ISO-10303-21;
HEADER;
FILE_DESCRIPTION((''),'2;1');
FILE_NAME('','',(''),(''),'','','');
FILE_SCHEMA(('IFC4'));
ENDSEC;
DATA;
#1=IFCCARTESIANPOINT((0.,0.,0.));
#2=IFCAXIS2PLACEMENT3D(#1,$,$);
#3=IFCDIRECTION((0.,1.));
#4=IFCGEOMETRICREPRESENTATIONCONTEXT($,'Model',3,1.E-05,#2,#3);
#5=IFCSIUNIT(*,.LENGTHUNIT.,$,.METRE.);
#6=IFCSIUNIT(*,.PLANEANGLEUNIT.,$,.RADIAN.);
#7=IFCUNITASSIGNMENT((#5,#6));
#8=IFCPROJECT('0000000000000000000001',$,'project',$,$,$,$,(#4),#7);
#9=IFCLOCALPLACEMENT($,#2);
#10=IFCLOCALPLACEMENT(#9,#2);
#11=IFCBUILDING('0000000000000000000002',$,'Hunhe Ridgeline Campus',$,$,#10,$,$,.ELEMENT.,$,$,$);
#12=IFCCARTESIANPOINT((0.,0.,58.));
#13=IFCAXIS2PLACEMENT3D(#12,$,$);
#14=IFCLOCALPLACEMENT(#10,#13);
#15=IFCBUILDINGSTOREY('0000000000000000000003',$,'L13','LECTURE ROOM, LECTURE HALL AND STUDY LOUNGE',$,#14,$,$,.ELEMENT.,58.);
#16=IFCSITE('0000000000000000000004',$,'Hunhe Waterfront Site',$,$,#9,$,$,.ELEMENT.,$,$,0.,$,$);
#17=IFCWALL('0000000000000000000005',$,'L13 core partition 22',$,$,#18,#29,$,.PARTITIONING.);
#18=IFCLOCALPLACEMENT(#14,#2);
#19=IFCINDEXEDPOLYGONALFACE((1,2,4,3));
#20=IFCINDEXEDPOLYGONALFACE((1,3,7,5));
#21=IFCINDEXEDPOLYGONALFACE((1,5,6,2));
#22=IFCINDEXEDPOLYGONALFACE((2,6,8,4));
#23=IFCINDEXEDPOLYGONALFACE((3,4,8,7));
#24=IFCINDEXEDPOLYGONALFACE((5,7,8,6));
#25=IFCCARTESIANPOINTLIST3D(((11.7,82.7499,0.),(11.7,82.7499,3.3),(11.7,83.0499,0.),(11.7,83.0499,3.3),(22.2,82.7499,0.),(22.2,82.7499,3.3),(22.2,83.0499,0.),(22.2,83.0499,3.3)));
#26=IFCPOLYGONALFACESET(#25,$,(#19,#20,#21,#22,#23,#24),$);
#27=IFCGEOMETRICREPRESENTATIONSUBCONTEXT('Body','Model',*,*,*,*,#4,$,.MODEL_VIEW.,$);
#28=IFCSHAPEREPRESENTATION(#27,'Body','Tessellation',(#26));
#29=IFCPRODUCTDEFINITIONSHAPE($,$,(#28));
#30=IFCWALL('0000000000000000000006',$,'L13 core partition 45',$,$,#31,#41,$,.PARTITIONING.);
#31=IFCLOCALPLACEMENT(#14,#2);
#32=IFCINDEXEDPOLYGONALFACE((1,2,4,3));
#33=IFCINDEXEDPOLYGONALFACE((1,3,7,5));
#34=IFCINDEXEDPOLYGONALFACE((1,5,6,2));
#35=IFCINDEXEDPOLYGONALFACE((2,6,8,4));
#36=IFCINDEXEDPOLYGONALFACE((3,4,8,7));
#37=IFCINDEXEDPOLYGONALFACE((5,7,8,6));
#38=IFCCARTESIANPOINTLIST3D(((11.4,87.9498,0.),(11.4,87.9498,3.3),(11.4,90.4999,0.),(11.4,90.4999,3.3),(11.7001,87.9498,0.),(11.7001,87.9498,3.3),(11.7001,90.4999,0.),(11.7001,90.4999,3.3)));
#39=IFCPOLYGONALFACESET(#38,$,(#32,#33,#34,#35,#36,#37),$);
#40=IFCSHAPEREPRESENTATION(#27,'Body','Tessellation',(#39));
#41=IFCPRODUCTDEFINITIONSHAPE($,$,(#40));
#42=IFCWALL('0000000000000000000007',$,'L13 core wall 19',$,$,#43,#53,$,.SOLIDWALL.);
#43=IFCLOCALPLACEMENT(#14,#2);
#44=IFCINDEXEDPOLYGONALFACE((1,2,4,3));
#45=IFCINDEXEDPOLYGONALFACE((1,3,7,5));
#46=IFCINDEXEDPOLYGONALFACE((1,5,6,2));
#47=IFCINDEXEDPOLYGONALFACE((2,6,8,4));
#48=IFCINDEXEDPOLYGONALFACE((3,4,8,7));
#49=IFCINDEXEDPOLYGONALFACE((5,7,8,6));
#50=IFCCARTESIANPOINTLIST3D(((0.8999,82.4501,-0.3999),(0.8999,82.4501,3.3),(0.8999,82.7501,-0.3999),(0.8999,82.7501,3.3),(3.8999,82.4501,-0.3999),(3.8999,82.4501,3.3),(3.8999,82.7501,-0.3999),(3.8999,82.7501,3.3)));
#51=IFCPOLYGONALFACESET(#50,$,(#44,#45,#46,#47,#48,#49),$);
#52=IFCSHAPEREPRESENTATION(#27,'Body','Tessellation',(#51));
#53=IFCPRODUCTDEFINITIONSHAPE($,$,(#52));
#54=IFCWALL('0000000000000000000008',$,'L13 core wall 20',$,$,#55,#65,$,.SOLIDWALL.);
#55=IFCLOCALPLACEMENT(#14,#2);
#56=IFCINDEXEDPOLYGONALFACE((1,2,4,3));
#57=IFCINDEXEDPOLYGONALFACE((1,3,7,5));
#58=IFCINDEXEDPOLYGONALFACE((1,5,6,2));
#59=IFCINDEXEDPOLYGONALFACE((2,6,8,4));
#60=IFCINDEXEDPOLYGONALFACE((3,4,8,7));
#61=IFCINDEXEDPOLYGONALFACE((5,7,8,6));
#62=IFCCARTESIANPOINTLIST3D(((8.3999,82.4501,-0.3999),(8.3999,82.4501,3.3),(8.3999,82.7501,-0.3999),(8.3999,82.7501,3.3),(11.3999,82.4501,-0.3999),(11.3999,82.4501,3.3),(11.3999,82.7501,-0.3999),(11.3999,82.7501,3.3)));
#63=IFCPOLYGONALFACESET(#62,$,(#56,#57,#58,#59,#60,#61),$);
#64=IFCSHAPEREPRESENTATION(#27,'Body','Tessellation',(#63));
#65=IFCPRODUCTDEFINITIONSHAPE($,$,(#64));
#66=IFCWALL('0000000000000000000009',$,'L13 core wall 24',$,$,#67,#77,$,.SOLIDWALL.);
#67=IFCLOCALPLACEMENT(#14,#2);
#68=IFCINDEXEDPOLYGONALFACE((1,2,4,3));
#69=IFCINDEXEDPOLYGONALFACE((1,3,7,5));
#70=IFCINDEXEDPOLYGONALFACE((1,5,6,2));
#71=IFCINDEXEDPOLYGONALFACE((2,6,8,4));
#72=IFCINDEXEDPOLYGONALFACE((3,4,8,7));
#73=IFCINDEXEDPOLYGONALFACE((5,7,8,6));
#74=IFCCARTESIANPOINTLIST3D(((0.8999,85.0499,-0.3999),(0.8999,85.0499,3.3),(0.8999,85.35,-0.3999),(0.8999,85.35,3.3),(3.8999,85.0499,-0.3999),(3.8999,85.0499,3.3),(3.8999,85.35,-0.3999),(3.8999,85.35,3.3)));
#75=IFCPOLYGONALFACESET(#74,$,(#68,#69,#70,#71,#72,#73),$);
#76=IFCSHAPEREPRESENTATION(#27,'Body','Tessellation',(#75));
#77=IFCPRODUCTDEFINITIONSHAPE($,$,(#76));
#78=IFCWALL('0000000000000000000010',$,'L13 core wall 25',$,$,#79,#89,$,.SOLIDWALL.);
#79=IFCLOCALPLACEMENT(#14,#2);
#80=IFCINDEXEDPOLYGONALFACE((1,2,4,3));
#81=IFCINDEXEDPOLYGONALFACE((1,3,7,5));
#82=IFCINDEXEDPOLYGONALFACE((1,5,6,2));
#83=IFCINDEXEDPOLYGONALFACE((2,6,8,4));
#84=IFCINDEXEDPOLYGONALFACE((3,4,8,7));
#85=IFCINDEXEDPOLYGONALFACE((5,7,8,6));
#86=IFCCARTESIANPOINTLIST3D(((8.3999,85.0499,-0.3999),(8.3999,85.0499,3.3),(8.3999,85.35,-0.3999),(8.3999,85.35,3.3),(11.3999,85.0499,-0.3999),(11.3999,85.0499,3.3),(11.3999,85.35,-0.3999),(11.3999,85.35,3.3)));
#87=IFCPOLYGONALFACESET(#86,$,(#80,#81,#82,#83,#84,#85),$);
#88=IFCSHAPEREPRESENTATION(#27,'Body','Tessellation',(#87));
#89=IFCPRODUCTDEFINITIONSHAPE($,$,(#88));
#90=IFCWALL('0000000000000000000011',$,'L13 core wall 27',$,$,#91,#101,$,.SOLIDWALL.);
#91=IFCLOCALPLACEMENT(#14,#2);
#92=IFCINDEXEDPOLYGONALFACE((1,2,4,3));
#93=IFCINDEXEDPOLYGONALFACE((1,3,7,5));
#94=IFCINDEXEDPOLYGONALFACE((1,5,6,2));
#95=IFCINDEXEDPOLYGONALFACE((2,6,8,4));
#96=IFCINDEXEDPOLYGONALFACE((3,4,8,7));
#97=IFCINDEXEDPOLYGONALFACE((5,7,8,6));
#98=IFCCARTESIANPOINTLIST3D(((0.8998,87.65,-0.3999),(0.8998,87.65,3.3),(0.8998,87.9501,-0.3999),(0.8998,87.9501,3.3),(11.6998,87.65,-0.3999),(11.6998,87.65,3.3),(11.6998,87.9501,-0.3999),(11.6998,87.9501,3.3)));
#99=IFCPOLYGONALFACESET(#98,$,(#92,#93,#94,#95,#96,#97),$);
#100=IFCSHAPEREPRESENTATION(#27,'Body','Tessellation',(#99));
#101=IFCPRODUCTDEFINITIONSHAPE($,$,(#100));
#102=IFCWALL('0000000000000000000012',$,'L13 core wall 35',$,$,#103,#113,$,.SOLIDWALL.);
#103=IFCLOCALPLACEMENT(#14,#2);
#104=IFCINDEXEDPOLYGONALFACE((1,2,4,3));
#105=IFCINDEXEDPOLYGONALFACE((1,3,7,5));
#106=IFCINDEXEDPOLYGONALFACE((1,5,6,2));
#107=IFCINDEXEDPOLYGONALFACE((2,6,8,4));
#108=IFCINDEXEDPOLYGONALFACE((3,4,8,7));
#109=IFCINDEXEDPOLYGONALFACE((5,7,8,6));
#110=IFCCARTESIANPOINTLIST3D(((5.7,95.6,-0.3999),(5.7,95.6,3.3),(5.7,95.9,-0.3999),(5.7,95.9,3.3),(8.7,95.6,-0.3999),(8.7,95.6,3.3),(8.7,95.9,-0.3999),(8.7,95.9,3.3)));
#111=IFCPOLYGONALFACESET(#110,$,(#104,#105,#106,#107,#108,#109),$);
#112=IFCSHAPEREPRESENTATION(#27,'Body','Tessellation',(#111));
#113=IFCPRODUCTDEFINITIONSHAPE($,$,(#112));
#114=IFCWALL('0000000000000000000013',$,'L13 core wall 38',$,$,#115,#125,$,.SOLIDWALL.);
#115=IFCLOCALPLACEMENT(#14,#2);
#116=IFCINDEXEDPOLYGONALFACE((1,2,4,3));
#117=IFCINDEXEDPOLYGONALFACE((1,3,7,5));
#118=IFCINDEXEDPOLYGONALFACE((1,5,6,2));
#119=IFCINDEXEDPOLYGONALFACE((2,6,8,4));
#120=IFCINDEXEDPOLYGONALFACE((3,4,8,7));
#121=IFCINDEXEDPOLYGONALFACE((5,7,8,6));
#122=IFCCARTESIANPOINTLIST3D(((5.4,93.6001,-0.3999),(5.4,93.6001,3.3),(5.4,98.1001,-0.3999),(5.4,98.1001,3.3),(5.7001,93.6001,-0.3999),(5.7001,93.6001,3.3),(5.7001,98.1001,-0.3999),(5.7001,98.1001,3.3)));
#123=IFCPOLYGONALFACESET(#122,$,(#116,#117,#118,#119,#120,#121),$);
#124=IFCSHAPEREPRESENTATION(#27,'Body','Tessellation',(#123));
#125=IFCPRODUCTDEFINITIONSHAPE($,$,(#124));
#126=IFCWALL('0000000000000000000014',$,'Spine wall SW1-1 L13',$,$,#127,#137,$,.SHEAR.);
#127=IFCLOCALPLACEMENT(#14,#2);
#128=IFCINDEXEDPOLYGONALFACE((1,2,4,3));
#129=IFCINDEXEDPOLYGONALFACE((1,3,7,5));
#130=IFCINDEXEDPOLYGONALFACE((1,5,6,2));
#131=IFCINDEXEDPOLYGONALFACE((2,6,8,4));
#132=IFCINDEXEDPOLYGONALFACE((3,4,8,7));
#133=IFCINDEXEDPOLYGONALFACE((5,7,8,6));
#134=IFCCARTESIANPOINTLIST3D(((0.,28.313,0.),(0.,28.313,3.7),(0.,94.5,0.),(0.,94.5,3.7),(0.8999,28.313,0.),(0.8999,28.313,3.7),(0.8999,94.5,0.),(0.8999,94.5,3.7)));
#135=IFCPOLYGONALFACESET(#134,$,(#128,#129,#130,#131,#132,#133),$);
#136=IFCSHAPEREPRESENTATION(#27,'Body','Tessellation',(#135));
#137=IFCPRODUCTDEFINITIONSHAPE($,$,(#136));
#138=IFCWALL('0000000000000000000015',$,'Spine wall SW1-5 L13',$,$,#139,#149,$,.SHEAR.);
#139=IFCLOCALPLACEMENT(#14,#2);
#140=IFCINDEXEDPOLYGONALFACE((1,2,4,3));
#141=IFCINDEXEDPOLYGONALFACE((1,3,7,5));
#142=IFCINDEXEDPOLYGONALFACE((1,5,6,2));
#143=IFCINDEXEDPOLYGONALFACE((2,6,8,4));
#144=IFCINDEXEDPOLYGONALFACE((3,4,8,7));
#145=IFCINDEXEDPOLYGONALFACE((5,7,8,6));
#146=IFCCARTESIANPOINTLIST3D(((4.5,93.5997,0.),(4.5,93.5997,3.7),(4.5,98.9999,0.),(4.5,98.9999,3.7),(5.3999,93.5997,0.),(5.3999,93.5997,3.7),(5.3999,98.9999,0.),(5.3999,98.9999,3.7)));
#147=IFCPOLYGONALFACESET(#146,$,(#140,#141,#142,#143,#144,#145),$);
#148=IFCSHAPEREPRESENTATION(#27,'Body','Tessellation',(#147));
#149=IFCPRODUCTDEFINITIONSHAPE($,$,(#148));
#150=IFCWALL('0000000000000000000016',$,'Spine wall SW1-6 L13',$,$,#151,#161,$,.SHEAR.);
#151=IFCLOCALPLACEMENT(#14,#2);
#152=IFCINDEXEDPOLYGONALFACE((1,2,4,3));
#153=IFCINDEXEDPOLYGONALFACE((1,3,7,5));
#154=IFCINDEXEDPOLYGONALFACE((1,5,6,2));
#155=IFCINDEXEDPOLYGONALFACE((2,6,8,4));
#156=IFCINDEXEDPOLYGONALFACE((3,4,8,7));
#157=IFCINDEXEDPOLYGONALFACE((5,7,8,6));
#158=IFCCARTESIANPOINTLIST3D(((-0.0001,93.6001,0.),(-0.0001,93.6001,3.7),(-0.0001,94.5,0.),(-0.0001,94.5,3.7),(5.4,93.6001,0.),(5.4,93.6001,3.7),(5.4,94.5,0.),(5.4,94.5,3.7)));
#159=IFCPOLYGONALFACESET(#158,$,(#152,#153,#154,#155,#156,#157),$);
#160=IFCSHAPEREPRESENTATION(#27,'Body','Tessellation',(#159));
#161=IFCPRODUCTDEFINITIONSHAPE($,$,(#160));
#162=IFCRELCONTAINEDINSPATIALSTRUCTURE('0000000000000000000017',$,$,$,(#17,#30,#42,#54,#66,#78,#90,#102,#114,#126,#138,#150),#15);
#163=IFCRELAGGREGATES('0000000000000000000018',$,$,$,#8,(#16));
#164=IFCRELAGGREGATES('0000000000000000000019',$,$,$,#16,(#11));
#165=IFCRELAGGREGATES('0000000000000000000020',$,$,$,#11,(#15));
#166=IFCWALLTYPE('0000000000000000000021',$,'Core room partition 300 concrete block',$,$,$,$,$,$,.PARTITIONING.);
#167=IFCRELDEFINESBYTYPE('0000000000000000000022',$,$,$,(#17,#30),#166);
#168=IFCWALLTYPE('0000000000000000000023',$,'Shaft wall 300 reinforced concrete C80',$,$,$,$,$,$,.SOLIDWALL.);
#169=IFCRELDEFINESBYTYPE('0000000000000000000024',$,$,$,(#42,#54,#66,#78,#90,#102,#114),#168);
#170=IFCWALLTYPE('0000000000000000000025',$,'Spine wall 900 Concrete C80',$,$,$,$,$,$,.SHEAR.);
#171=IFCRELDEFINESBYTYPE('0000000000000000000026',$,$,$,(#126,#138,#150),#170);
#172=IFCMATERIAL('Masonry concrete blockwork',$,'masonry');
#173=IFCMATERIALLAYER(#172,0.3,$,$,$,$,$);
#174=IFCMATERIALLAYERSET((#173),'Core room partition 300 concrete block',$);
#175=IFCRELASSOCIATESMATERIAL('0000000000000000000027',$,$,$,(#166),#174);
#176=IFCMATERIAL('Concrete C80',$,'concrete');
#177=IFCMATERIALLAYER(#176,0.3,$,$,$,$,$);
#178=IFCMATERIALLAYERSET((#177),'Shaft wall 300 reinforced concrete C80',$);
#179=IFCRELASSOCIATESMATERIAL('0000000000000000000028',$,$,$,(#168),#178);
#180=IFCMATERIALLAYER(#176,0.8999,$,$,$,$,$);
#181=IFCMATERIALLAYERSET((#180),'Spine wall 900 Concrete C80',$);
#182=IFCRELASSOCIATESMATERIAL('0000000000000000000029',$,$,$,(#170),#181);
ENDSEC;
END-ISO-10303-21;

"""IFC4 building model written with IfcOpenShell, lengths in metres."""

from ifc_helpers import new_model, si_unit, direction, frame, frame_2d, origin, place, context, subcontext, project, spatial, rectangle, extrude, material, layer, layer_set, type_object, element, save


model = new_model("IFC4")

# Units and contexts
model_context = context("Model", 3, precision=1e-05, world=origin(), true_north=direction((0.0, 1.0)))
body_context = subcontext(model_context, "Body", "Model", "MODEL_VIEW")
ifc_project = project(units=[si_unit("LENGTHUNIT", "METRE"), si_unit("PLANEANGLEUNIT", "RADIAN")], contexts=[model_context])

# Site, building, storey
site_placement = place(None, origin())
site = spatial("IfcSite", under=ifc_project, at=site_placement, Name="Hunhe Waterfront Site", CompositionType="ELEMENT", RefElevation=0.0)
building_placement = place(site_placement, origin())
building = spatial("IfcBuilding", under=site, at=building_placement, Name="Hunhe Ridgeline Campus", CompositionType="ELEMENT")
storey_placement = place(building_placement, frame((0.0, 0.0, 58.0)))
storey = spatial("IfcBuildingStorey", under=building, at=storey_placement, Name="L13", Description="LECTURE ROOM, LECTURE HALL AND STUDY LOUNGE", CompositionType="ELEMENT", Elevation=58.0)

# Walls
ifc_material_1 = material(Name="Masonry concrete blockwork", Category="masonry")
ifc_layer_1 = layer(ifc_material_1, 0.3)
ifc_layer_set_1 = layer_set([ifc_layer_1], Name="Core room partition 300 concrete block")
wall_type_1 = type_object("IfcWallType", Name="Core room partition 300 concrete block", PredefinedType="PARTITIONING", material=ifc_layer_set_1)
wall_1_placement = place(storey_placement, frame((11.7, 82.8999, 0.0), z_axis=(0.0, 0.0, 1.0), x_axis=(1.0, 0.0, 0.0)))
element("IfcWall", 1, at=wall_1_placement, inside=storey, type_object=wall_type_1, Name="L13 core partition 22", PredefinedType="PARTITIONING", context=body_context, shape_type="SweptSolid", body=[
    extrude(rectangle(XDim=10.5, YDim=0.3, at=frame_2d((5.25, 0.0))), origin(), (0.0, 0.0, 1.0), 3.3),
])
wall_2_placement = place(storey_placement, frame((11.55, 87.95, 0.0), z_axis=(0.0, 0.0, 1.0), x_axis=(0.0, 1.0, 0.0)))
element("IfcWall", 2, at=wall_2_placement, inside=storey, type_object=wall_type_1, Name="L13 core partition 45", PredefinedType="PARTITIONING", context=body_context, shape_type="SweptSolid", body=[
    extrude(rectangle(XDim=2.55, YDim=0.3, at=frame_2d((1.2749, 0.0))), origin(), (0.0, 0.0, 1.0), 3.3),
])

# Shared definitions
ifc_material_2 = material(Name="Concrete C80", Category="concrete")

# Walls
ifc_layer_2 = layer(ifc_material_2, 0.3)
ifc_layer_set_2 = layer_set([ifc_layer_2], Name="Shaft wall 300 reinforced concrete C80")
wall_type_2 = type_object("IfcWallType", Name="Shaft wall 300 reinforced concrete C80", PredefinedType="SOLIDWALL", material=ifc_layer_set_2)
for number, where, z_axis, x_axis, name in (
    (3, (0.8999, 82.6001, -0.3999), (0.0, 0.0, 1.0), (1.0, 0.0, 0.0), "L13 core wall 19"),
    (4, (8.3999, 82.6001, -0.3999), (0.0, 0.0, 1.0), (1.0, 0.0, 0.0), "L13 core wall 20"),
    (5, (0.8999, 85.2, -0.3999), (0.0, 0.0, 1.0), (1.0, 0.0, 0.0), "L13 core wall 24"),
    (6, (8.3999, 85.2, -0.3999), (0.0, 0.0, 1.0), (1.0, 0.0, 0.0), "L13 core wall 25"),
):
    element("IfcWall", number, at=place(storey_placement, frame(where, z_axis=z_axis, x_axis=x_axis)), inside=storey, type_object=wall_type_2, Name=name, PredefinedType="SOLIDWALL", context=body_context, shape_type="SweptSolid", body=[
        extrude(rectangle(XDim=3.0, YDim=0.3, at=frame_2d((1.5, 0.0))), origin(), (0.0, 0.0, 1.0), 3.7),
    ])
wall_3_placement = place(storey_placement, frame((0.8999, 87.8, -0.3999), z_axis=(0.0, 0.0, 1.0), x_axis=(1.0, 0.0, 0.0)))
element("IfcWall", 7, at=wall_3_placement, inside=storey, type_object=wall_type_2, Name="L13 core wall 27", PredefinedType="SOLIDWALL", context=body_context, shape_type="SweptSolid", body=[
    extrude(rectangle(XDim=10.8, YDim=0.3, at=frame_2d((5.3999, 0.0))), origin(), (0.0, 0.0, 1.0), 3.7),
])

# Walls
wall_4_placement = place(storey_placement, frame((5.7, 95.75, -0.3999), z_axis=(0.0, 0.0, 1.0), x_axis=(1.0, 0.0, 0.0)))
element("IfcWall", 8, at=wall_4_placement, inside=storey, type_object=wall_type_2, Name="L13 core wall 35", PredefinedType="SOLIDWALL", context=body_context, shape_type="SweptSolid", body=[
    extrude(rectangle(XDim=3.0, YDim=0.3, at=frame_2d((1.5, 0.0))), origin(), (0.0, 0.0, 1.0), 3.7),
])
wall_5_placement = place(storey_placement, frame((5.55, 93.6001, -0.3999), z_axis=(0.0, 0.0, 1.0), x_axis=(0.0, 1.0, 0.0)))
element("IfcWall", 9, at=wall_5_placement, inside=storey, type_object=wall_type_2, Name="L13 core wall 38", PredefinedType="SOLIDWALL", context=body_context, shape_type="SweptSolid", body=[
    extrude(rectangle(XDim=4.5, YDim=0.3, at=frame_2d((2.25, 0.0))), origin(), (0.0, 0.0, 1.0), 3.7),
])

# Walls
ifc_layer_3 = layer(ifc_material_2, 0.8999)
ifc_layer_set_3 = layer_set([ifc_layer_3], Name="Spine wall 900 Concrete C80")
wall_type_3 = type_object("IfcWallType", Name="Spine wall 900 Concrete C80", PredefinedType="SHEAR", material=ifc_layer_set_3)
wall_6_placement = place(storey_placement, frame((0.45, 94.5, 0.0), z_axis=(0.0, 0.0, 1.0), x_axis=(0.0, -1.0, 0.0)))
element("IfcWall", 10, at=wall_6_placement, inside=storey, type_object=wall_type_3, Name="Spine wall SW1-1 L13", PredefinedType="SHEAR", context=body_context, shape_type="SweptSolid", body=[
    extrude(rectangle(XDim=66.187, YDim=0.8999, at=frame_2d((33.0935, 0.0))), origin(), (0.0, 0.0, 1.0), 3.7),
])
for number, where, z_axis, x_axis, name in (
    (11, (4.95, 99.0, 0.0), (0.0, 0.0, 1.0), (0.0, -1.0, 0.0), "Spine wall SW1-5 L13"),
    (12, (5.4001, 94.05, 0.0), (0.0, 0.0, 1.0), (-1.0, 0.0, 0.0), "Spine wall SW1-6 L13"),
):
    element("IfcWall", number, at=place(storey_placement, frame(where, z_axis=z_axis, x_axis=x_axis)), inside=storey, type_object=wall_type_3, Name=name, PredefinedType="SHEAR", context=body_context, shape_type="SweptSolid", body=[
        extrude(rectangle(XDim=5.4001, YDim=0.8999, at=frame_2d((2.7002, 0.0))), origin(), (0.0, 0.0, 1.0), 3.7),
    ])

save(model, "model.ifc")
